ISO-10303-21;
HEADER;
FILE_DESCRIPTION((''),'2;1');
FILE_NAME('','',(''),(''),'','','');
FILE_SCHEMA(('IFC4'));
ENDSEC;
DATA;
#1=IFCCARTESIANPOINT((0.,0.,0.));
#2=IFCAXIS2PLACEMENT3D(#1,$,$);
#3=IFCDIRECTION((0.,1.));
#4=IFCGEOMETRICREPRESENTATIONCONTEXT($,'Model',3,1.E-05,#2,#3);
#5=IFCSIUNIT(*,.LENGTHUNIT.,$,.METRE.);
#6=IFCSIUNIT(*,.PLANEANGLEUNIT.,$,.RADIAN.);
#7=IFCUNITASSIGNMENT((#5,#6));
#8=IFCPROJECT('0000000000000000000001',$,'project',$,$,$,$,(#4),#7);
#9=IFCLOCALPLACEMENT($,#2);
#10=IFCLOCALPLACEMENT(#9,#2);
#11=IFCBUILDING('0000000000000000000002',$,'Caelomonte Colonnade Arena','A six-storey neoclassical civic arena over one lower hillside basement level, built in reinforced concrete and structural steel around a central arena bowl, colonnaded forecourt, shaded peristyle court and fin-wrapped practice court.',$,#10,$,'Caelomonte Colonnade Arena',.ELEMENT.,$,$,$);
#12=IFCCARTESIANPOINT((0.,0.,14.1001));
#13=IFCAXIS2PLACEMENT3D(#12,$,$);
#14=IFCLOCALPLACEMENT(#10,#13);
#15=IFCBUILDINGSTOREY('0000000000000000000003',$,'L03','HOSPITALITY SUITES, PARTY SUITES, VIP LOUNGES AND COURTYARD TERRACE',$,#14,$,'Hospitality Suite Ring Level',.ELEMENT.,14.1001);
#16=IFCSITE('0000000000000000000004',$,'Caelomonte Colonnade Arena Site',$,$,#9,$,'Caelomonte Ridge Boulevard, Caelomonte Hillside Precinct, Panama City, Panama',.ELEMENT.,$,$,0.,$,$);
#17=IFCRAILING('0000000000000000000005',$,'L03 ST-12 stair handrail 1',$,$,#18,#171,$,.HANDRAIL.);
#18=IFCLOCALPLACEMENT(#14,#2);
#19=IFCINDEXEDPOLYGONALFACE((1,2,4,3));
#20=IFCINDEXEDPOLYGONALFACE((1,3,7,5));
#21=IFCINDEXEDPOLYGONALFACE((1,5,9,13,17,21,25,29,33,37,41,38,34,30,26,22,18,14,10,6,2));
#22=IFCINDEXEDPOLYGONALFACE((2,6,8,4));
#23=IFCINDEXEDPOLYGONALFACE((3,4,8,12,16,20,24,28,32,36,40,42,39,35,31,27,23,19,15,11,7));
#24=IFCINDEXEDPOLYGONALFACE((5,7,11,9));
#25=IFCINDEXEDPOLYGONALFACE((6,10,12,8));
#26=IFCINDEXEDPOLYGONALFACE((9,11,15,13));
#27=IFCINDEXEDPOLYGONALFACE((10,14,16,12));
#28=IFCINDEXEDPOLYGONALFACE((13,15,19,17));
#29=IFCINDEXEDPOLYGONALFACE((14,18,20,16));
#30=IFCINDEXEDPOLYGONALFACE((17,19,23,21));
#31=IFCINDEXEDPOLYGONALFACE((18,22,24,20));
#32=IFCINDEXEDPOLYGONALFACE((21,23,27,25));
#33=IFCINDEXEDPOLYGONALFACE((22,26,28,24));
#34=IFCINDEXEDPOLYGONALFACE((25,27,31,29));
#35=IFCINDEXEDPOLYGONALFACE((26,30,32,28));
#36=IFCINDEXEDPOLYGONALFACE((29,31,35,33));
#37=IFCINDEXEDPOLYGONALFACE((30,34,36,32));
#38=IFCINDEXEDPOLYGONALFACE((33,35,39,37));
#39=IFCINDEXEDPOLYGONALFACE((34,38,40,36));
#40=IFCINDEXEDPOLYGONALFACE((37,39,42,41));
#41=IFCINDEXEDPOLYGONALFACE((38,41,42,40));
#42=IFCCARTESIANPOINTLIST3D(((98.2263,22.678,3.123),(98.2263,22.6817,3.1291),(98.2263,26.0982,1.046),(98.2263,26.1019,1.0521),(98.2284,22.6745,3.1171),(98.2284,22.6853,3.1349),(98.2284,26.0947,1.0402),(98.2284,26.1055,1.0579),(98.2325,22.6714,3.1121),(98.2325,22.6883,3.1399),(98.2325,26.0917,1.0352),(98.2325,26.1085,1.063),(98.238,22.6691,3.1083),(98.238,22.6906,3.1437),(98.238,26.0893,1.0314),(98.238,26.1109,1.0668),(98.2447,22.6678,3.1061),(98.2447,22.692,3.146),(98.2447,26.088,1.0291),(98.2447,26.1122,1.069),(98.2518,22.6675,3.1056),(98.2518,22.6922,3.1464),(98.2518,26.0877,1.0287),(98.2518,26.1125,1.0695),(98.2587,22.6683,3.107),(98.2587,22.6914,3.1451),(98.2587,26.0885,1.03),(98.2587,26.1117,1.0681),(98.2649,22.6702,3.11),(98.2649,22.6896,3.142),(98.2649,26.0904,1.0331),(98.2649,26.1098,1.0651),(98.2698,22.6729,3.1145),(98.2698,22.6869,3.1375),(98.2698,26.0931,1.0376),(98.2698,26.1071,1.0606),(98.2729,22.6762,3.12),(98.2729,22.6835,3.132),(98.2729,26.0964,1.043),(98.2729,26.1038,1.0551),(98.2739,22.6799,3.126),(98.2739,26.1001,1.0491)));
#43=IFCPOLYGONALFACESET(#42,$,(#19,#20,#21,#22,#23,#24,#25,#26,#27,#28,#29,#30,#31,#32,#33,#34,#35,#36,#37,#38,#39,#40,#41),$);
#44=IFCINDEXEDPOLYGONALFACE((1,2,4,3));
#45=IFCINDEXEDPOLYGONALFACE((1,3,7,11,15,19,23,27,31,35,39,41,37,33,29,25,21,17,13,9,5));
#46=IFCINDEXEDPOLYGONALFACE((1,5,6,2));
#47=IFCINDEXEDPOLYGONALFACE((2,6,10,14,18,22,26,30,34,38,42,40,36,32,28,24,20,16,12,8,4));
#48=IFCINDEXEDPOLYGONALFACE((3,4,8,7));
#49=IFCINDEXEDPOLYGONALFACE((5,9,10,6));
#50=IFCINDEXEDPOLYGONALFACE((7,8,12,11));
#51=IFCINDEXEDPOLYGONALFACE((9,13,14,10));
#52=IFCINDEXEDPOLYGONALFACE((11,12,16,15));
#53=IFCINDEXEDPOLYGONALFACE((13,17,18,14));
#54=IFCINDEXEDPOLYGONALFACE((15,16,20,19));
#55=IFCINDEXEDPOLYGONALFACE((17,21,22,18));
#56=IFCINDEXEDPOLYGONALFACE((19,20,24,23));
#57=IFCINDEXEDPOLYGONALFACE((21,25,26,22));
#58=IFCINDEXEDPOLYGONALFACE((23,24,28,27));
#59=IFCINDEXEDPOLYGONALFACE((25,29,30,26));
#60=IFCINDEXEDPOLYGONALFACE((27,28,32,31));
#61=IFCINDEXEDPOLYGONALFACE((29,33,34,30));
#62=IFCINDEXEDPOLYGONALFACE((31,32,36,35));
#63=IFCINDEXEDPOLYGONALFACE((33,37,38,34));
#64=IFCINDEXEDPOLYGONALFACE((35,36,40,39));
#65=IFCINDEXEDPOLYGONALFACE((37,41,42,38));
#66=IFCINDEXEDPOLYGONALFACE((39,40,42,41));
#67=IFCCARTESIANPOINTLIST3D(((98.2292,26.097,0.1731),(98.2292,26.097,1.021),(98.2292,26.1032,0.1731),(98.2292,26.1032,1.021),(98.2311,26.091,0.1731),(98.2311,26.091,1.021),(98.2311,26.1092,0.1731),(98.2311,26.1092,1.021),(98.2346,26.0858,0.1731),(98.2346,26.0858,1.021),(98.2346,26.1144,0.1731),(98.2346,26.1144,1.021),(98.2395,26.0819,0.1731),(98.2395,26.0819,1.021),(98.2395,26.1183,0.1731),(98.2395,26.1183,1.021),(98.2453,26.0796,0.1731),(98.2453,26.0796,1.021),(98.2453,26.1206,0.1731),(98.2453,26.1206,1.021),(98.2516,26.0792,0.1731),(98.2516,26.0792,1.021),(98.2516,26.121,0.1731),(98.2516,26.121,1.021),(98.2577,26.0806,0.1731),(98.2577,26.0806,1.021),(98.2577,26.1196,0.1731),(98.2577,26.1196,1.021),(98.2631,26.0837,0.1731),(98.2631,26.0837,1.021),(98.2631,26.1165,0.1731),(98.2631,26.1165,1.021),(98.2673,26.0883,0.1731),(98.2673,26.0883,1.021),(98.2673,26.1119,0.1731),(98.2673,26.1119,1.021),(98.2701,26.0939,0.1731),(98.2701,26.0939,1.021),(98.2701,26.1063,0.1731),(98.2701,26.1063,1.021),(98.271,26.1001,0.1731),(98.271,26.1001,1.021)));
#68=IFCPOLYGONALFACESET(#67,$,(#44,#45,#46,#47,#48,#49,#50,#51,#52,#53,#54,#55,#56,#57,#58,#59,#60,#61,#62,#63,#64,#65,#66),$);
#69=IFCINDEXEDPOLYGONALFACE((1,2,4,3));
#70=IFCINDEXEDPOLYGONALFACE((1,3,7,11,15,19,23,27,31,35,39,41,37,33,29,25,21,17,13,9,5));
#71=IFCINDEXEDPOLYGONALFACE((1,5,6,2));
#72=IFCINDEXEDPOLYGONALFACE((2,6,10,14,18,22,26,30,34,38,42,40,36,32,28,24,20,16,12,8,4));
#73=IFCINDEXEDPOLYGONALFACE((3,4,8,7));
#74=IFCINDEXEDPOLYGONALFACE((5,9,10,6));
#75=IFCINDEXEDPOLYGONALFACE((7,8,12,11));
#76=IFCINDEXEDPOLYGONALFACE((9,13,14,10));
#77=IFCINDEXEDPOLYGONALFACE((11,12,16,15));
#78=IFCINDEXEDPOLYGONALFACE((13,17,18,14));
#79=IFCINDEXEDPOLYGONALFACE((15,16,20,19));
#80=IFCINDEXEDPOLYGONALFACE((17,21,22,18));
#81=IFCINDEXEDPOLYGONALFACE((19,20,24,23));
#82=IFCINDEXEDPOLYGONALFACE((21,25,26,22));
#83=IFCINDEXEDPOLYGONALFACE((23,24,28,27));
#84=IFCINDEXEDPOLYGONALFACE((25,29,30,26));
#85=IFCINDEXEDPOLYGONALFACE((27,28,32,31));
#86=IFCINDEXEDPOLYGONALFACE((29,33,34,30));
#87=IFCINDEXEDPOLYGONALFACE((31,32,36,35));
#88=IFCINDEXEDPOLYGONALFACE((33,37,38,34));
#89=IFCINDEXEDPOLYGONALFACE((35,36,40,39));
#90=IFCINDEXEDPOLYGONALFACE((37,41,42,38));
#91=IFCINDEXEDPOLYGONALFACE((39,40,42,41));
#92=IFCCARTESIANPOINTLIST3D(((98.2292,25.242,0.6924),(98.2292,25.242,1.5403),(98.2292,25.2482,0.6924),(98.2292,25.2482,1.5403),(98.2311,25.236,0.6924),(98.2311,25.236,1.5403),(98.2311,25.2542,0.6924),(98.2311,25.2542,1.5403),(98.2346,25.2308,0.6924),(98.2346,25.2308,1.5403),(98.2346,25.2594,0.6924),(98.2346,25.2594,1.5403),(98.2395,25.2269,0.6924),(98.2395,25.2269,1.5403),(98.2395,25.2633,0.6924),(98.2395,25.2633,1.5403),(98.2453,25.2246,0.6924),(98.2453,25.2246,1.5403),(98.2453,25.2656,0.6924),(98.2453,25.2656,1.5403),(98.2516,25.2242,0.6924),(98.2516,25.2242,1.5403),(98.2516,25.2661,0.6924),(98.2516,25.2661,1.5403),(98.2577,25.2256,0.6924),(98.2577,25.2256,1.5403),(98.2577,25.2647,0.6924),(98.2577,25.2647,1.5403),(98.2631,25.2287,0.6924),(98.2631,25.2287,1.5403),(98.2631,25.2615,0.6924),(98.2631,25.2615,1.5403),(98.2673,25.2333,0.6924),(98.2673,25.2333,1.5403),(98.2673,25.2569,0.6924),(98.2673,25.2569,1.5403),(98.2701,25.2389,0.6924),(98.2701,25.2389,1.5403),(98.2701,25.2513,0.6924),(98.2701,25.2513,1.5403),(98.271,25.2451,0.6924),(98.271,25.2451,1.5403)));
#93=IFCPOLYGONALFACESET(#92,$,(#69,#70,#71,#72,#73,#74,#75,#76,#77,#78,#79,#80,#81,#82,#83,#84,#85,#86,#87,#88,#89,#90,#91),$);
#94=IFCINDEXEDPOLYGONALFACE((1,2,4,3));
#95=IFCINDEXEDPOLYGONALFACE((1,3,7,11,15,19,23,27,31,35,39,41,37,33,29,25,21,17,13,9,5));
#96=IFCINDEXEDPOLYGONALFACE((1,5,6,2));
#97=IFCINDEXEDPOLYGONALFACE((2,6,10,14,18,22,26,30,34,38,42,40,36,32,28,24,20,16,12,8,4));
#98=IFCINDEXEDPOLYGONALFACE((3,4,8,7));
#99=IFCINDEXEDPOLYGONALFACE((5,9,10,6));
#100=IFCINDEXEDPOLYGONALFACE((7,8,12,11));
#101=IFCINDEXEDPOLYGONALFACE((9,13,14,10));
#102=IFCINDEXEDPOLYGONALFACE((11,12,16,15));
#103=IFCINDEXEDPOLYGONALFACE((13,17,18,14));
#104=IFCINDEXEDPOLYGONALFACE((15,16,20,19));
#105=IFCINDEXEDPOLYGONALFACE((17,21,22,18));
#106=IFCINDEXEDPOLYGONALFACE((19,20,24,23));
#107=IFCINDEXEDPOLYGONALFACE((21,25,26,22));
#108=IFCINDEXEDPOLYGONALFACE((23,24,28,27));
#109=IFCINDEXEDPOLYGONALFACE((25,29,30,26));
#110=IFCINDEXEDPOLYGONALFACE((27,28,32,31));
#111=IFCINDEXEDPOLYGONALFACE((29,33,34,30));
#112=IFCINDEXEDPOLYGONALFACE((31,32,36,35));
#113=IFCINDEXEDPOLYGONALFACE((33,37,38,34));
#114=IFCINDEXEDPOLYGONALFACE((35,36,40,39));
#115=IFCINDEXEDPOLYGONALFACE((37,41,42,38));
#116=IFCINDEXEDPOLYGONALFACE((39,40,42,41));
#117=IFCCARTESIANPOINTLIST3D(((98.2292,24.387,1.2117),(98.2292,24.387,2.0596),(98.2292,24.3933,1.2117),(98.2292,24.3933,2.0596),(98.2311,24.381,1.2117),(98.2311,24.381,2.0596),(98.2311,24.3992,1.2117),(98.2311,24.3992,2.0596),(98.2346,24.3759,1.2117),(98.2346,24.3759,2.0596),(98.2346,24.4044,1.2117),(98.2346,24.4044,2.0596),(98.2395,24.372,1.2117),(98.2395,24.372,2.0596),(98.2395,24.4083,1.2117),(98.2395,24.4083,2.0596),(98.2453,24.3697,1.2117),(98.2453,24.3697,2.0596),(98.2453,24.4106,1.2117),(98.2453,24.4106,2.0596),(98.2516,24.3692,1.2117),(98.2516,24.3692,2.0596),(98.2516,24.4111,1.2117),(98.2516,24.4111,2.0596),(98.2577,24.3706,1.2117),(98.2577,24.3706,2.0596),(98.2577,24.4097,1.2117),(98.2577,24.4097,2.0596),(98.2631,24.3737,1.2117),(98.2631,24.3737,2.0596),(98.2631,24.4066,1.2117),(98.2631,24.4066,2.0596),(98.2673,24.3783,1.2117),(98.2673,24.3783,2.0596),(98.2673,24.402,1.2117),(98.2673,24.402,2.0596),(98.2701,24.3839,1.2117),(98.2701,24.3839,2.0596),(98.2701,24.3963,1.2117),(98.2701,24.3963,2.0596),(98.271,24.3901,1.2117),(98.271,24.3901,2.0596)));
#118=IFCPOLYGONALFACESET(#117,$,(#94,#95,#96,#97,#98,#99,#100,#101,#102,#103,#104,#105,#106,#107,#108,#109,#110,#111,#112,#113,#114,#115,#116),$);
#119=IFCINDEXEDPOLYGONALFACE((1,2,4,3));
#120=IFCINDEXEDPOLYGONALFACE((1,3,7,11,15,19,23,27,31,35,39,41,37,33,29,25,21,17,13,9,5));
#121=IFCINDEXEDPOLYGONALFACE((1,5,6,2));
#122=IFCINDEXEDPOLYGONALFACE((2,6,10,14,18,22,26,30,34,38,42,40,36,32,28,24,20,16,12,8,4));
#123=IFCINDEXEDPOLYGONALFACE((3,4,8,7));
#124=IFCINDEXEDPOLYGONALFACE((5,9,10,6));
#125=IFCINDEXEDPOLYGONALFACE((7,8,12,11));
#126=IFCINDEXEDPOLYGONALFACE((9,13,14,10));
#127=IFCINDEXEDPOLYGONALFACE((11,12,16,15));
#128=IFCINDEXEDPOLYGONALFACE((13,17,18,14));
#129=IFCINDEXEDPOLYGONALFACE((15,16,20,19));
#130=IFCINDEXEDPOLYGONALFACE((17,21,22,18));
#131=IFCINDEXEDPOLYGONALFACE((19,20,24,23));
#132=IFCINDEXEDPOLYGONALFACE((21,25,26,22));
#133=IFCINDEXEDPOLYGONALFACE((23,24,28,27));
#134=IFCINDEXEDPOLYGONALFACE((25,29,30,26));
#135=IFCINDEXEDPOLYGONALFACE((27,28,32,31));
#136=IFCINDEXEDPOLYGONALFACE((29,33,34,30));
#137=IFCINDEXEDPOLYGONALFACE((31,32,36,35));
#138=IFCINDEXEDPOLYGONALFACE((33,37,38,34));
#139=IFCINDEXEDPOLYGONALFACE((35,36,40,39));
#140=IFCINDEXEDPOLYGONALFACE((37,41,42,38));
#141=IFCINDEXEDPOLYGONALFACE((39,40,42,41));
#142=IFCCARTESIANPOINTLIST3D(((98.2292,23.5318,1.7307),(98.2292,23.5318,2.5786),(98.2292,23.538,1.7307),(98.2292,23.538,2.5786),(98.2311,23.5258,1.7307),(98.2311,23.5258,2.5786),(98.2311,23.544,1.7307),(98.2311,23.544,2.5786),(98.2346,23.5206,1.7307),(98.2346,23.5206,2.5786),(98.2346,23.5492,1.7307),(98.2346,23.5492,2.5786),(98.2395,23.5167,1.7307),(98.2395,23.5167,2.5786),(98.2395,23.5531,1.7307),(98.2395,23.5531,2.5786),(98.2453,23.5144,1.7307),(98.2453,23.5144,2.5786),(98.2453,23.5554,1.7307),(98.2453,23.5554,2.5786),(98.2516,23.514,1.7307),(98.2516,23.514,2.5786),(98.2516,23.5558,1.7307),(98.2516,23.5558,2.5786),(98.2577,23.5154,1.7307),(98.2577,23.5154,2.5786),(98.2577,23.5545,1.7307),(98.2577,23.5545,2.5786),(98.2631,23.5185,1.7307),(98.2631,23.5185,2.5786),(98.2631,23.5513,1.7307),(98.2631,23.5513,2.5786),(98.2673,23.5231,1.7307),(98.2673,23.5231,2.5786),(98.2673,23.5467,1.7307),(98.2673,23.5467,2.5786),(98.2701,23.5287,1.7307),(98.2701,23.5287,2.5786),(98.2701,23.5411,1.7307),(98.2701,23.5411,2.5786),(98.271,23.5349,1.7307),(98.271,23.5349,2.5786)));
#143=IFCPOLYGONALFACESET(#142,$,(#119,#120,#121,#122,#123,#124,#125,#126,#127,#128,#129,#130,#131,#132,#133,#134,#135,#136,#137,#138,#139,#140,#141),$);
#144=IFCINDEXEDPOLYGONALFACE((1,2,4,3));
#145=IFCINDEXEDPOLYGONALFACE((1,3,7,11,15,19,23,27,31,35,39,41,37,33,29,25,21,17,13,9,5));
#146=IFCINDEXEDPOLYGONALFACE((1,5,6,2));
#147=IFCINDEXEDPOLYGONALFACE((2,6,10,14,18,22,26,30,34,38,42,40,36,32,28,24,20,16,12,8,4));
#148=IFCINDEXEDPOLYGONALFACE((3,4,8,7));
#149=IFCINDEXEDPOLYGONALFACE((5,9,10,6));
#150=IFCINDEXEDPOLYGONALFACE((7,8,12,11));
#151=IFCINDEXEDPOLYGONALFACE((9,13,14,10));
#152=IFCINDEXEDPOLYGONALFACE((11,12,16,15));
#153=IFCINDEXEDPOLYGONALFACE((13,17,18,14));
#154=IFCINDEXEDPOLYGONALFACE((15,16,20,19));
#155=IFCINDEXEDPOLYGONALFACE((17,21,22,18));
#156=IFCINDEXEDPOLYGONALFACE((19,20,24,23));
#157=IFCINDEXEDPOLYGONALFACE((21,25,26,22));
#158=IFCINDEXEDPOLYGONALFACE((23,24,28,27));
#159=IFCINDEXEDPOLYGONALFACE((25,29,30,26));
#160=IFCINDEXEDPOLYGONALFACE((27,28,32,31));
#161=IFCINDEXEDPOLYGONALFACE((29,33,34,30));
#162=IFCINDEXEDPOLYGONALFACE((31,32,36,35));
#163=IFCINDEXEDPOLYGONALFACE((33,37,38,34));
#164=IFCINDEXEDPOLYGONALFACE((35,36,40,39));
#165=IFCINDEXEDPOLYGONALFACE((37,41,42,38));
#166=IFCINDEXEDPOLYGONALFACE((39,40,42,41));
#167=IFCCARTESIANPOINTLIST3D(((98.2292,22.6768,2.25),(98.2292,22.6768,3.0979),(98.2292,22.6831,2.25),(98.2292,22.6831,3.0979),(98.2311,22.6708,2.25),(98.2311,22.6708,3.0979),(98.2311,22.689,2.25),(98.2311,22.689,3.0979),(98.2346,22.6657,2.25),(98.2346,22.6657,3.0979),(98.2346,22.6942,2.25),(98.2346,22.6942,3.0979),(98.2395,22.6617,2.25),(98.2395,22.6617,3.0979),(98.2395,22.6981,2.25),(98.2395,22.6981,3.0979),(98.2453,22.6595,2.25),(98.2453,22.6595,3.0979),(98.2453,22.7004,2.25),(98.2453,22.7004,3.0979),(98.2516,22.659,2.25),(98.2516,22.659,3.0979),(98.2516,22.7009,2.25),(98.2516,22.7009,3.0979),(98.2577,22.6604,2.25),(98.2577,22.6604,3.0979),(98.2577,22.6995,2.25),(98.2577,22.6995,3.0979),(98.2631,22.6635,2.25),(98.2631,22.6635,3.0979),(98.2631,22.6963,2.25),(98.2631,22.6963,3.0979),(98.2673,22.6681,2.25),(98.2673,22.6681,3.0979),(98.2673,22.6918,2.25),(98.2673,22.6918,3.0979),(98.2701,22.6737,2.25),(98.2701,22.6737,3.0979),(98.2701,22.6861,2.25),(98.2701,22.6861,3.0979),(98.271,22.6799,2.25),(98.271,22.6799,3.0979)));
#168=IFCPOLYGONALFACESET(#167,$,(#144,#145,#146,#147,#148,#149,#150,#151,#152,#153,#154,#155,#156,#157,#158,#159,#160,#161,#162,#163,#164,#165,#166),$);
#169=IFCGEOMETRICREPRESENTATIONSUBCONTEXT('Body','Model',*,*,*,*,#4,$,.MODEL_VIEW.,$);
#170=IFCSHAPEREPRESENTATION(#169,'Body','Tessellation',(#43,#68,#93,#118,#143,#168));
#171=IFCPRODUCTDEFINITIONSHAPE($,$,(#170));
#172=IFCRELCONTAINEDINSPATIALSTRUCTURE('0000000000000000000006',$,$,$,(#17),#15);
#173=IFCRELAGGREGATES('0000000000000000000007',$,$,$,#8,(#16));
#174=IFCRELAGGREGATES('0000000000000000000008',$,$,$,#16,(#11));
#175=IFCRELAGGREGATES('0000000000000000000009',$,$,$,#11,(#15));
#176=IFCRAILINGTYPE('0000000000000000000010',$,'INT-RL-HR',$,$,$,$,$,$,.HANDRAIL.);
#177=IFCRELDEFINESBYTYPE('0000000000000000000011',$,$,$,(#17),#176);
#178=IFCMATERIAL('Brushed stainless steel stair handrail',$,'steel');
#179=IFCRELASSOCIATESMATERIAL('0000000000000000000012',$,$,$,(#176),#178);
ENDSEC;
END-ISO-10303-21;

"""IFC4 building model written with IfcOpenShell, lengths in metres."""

from ifc_helpers import new_model, si_unit, direction, frame, origin, origin_2d, place, context, subcontext, project, spatial, circle, extrude, material, type_object, element, save


model = new_model("IFC4")

# Units and contexts
model_context = context("Model", 3, precision=1e-05, world=origin(), true_north=direction((0.0, 1.0)))
body_context = subcontext(model_context, "Body", "Model", "MODEL_VIEW")
ifc_project = project(units=[si_unit("LENGTHUNIT", "METRE"), si_unit("PLANEANGLEUNIT", "RADIAN")], contexts=[model_context])

# Site, building, storey
site_placement = place(None, origin())
site = spatial("IfcSite", under=ifc_project, at=site_placement, Name="Caelomonte Colonnade Arena Site", LongName="Caelomonte Ridge Boulevard, Caelomonte Hillside Precinct, Panama City, Panama", CompositionType="ELEMENT", RefElevation=0.0)
building_placement = place(site_placement, origin())
building = spatial("IfcBuilding", under=site, at=building_placement, Name="Caelomonte Colonnade Arena", Description="A six-storey neoclassical civic arena over one lower hillside basement level, built in reinforced concrete and structural steel around a central arena bowl, colonnaded forecourt, shaded peristyle court and fin-wrapped practice court.", LongName="Caelomonte Colonnade Arena", CompositionType="ELEMENT")
storey_placement = place(building_placement, frame((0.0, 0.0, 14.1001)))
storey = spatial("IfcBuildingStorey", under=building, at=storey_placement, Name="L03", Description="HOSPITALITY SUITES, PARTY SUITES, VIP LOUNGES AND COURTYARD TERRACE", LongName="Hospitality Suite Ring Level", CompositionType="ELEMENT", Elevation=14.1001)

# Railing
ifc_material_1 = material(Name="Brushed stainless steel stair handrail", Category="steel")
railing_type_1 = type_object("IfcRailingType", Name="INT-RL-HR", PredefinedType="HANDRAIL", material=ifc_material_1)
railing_1_placement = place(storey_placement, frame((98.25, 26.1001, 0.1731)))
element("IfcRailing", 1, at=railing_1_placement, inside=storey, type_object=railing_type_1, Name="L03 ST-12 stair handrail 1", PredefinedType="HANDRAIL", context=body_context, shape_type="SweptSolid", body=[
    extrude(circle(Radius=0.0239, at=origin_2d()), frame((0.0, 0.0, 0.876), z_axis=(0.0, -0.854746, 0.519047), x_axis=(1.0, 0.0, 0.0)), (0.0, 0.0, 1.0), 4.0015),
    extrude(circle(Radius=0.021, at=origin_2d()), origin(), (0.0, 0.0, 1.0), 0.8479),
    extrude(circle(Radius=0.021, at=origin_2d()), frame((0.0, -0.855, 0.5193)), (0.0, 0.0, 1.0), 0.8479),
    extrude(circle(Radius=0.021, at=origin_2d()), frame((0.0, -1.71, 1.0386)), (0.0, 0.0, 1.0), 0.8479),
    extrude(circle(Radius=0.021, at=origin_2d()), frame((0.0, -2.5652, 1.5576)), (0.0, 0.0, 1.0), 0.8479),
    extrude(circle(Radius=0.021, at=origin_2d()), frame((0.0, -3.4202, 2.0769)), (0.0, 0.0, 1.0), 0.8479),
])

save(model, "model.ifc")
